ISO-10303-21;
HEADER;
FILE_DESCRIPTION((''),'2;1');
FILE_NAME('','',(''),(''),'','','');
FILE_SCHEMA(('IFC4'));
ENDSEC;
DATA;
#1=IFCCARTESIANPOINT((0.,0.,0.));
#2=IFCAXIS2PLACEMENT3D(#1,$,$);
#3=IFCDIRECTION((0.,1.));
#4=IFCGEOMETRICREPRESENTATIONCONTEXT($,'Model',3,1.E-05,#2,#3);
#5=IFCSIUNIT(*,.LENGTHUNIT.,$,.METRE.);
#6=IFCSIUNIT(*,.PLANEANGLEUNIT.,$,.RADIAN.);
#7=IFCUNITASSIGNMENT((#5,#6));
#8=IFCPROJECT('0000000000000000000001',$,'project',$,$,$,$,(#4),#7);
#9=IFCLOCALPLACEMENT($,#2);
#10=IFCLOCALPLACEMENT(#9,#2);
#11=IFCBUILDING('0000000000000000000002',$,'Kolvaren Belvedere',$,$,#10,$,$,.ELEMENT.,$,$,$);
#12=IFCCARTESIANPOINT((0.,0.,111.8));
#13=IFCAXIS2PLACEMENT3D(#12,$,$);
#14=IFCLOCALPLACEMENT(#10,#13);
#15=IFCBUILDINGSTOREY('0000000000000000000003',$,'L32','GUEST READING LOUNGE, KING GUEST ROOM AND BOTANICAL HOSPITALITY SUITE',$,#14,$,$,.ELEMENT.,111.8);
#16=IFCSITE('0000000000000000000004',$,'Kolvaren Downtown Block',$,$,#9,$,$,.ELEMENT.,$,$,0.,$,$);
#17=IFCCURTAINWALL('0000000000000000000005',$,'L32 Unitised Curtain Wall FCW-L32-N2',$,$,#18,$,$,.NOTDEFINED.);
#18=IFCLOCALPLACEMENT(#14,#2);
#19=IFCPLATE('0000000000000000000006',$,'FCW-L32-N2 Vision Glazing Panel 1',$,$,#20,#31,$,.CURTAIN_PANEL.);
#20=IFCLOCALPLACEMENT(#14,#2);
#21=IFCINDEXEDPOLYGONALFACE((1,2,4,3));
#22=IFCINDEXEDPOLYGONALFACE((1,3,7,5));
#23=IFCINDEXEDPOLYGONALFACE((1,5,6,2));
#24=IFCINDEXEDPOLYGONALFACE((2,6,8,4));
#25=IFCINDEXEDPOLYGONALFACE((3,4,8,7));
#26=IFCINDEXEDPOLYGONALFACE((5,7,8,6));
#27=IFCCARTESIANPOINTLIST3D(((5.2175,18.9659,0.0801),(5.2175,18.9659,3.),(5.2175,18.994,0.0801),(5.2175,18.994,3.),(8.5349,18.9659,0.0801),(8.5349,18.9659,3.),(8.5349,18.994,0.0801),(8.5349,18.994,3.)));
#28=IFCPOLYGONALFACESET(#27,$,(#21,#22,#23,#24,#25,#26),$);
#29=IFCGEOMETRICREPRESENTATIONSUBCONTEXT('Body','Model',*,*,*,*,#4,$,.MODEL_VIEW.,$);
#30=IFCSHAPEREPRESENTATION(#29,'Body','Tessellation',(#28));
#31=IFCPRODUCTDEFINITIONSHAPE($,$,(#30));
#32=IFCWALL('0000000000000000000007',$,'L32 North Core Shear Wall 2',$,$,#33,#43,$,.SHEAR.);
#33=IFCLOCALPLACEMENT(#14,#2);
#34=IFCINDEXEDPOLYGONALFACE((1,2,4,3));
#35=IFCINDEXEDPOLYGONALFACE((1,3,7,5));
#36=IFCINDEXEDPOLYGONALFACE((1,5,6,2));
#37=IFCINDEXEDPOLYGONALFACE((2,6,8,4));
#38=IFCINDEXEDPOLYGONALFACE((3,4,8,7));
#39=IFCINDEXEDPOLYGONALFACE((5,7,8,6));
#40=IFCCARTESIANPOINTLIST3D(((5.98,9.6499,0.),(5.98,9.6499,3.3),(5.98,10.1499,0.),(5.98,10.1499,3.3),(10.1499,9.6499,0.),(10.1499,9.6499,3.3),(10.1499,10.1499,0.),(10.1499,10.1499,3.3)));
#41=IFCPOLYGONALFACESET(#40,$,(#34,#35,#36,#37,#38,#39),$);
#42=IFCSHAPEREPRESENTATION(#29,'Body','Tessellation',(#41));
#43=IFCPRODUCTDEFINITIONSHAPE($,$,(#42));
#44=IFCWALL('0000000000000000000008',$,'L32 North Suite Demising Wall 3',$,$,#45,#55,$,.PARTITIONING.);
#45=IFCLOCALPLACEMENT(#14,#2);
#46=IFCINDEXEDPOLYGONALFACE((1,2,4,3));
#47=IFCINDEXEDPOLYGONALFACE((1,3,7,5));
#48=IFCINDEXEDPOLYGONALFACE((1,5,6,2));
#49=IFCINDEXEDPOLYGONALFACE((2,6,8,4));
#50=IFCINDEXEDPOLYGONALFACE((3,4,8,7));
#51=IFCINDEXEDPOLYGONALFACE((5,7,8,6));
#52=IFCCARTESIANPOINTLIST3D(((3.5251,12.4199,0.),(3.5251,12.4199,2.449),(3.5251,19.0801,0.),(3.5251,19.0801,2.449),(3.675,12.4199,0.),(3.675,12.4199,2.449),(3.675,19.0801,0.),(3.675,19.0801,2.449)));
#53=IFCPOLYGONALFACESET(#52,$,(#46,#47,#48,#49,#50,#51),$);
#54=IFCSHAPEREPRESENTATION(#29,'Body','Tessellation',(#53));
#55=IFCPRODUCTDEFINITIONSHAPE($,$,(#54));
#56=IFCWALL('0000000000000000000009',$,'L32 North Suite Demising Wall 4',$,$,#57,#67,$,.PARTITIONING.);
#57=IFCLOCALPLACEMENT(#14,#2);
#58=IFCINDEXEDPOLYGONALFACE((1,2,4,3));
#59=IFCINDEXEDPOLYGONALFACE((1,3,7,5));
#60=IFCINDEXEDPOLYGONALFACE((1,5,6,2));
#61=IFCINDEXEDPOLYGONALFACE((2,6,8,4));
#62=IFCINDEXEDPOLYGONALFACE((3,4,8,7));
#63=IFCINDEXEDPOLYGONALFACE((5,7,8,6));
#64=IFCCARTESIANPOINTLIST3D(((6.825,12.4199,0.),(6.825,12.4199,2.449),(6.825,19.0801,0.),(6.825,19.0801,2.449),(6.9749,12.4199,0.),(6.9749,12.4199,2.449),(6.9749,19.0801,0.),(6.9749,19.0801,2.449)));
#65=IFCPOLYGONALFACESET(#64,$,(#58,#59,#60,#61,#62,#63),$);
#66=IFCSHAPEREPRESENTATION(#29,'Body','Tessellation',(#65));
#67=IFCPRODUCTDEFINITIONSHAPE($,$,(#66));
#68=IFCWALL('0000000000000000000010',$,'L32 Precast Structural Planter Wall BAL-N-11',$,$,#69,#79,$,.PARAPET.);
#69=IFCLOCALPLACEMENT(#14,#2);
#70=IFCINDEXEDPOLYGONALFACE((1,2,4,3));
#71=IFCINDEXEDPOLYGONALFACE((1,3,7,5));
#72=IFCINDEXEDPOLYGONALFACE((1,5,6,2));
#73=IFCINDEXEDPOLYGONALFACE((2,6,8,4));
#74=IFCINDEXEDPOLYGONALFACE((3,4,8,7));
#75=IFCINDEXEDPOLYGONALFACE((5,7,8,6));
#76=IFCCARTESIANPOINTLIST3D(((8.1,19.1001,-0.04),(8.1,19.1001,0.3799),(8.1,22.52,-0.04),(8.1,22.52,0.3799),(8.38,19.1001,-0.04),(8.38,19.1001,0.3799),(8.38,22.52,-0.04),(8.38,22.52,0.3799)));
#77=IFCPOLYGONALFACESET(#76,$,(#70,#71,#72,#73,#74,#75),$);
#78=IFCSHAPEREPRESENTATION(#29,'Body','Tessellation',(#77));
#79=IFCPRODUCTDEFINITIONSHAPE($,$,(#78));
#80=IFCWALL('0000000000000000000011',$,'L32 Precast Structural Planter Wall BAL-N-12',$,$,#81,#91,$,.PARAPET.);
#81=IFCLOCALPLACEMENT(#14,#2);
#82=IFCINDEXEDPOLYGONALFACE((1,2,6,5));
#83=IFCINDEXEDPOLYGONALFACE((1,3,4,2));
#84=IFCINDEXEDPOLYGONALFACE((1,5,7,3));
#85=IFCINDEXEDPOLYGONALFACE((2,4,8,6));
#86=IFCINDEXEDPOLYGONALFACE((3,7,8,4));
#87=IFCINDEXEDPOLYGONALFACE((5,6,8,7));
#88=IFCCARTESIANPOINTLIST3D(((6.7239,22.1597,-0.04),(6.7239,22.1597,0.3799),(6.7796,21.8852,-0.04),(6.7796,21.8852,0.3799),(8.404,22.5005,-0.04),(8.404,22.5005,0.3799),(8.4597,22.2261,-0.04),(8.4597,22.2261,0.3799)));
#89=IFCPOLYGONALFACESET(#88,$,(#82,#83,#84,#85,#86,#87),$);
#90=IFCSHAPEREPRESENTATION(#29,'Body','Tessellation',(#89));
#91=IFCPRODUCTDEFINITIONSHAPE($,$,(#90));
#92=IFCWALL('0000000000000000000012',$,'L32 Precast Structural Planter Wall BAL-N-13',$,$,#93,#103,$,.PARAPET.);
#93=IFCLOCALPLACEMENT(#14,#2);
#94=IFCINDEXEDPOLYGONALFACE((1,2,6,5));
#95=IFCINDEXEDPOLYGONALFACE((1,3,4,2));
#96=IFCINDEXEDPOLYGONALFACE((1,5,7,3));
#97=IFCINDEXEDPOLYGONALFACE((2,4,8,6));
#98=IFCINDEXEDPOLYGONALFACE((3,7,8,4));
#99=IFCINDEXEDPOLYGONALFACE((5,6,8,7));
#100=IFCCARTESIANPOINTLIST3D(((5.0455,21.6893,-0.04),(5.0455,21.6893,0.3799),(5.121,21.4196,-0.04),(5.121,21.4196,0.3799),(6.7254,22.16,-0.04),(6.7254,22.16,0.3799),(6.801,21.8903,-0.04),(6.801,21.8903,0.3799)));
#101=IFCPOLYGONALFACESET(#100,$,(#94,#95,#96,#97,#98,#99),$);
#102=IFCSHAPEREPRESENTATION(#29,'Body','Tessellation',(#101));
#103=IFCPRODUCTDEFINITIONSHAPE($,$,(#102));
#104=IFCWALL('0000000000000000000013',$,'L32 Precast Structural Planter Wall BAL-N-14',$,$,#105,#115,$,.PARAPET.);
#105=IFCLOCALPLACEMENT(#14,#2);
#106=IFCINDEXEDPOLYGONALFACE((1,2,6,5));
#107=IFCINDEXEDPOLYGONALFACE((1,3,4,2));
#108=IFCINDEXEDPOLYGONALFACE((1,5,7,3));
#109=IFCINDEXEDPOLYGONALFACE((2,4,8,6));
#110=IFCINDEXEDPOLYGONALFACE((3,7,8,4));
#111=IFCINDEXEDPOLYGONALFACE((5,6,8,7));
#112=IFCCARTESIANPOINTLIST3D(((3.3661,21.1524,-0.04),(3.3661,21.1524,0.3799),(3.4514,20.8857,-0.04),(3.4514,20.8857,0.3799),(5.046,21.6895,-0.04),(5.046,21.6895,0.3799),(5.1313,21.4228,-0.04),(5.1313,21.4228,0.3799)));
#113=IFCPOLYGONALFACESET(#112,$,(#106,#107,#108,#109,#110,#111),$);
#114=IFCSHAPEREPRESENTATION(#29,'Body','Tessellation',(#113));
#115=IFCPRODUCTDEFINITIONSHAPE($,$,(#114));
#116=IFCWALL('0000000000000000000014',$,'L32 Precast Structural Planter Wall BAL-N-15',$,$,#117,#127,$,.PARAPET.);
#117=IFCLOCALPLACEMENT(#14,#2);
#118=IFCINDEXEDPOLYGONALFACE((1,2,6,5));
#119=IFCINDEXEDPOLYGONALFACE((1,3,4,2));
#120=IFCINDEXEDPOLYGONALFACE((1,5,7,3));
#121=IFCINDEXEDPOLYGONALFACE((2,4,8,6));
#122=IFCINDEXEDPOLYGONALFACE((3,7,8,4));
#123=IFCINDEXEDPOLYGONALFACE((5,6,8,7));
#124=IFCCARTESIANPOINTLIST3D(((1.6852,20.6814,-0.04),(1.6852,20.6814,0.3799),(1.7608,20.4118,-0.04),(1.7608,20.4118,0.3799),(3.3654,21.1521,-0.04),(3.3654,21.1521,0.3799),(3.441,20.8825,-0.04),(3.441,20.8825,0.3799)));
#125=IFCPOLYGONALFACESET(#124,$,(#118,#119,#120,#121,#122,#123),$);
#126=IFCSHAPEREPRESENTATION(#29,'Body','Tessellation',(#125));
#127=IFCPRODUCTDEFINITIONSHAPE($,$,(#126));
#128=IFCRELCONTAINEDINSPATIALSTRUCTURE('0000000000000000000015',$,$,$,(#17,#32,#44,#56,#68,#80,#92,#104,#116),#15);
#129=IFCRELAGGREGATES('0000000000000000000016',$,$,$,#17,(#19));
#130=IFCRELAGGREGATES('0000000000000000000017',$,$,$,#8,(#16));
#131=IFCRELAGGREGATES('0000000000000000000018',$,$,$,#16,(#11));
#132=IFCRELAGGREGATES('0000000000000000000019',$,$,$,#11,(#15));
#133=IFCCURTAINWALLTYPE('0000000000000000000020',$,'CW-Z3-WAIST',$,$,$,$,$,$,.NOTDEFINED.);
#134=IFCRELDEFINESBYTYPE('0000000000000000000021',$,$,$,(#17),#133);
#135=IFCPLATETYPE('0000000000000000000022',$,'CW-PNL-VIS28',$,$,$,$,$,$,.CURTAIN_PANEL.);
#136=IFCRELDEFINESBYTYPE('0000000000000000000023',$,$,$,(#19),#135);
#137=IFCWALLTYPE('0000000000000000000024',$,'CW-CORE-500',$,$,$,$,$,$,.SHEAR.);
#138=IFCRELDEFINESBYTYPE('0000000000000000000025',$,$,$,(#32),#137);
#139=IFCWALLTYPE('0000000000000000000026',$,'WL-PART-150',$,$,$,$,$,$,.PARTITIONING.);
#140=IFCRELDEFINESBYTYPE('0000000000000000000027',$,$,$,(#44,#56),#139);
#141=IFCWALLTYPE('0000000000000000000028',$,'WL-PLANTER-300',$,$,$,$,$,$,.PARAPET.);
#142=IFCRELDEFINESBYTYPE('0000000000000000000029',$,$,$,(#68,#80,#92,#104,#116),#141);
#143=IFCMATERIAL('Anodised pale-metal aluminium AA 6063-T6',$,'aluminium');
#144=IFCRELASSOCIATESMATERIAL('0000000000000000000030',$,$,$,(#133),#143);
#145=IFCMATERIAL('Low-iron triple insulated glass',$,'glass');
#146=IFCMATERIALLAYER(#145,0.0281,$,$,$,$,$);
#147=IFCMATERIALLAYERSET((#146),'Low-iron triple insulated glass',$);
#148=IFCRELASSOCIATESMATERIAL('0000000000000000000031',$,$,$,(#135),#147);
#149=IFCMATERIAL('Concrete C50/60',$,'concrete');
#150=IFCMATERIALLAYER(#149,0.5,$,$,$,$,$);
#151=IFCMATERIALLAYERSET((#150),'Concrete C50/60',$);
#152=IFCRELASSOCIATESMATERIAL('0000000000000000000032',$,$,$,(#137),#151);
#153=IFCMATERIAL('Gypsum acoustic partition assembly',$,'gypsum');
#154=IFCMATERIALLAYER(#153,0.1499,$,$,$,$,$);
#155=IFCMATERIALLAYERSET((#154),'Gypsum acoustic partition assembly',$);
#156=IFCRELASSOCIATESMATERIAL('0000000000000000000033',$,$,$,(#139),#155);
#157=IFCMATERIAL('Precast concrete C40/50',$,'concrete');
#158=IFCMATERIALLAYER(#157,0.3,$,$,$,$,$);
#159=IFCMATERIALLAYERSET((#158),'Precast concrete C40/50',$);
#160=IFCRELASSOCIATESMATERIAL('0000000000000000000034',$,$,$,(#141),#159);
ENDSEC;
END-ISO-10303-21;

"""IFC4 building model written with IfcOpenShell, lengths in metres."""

from ifc_helpers import new_model, si_unit, direction, frame, frame_2d, origin, origin_2d, place, context, subcontext, project, spatial, rectangle, extrude, material, layer, layer_set, type_object, element, aggregate, save


model = new_model("IFC4")

# Units and contexts
model_context = context("Model", 3, precision=1e-05, world=origin(), true_north=direction((0.0, 1.0)))
body_context = subcontext(model_context, "Body", "Model", "MODEL_VIEW")
ifc_project = project(units=[si_unit("LENGTHUNIT", "METRE"), si_unit("PLANEANGLEUNIT", "RADIAN")], contexts=[model_context])

# Site, building, storey
site_placement = place(None, origin())
site = spatial("IfcSite", under=ifc_project, at=site_placement, Name="Kolvaren Downtown Block", CompositionType="ELEMENT", RefElevation=0.0)
building_placement = place(site_placement, origin())
building = spatial("IfcBuilding", under=site, at=building_placement, Name="Kolvaren Belvedere", CompositionType="ELEMENT")
storey_placement = place(building_placement, frame((0.0, 0.0, 111.8)))
storey = spatial("IfcBuildingStorey", under=building, at=storey_placement, Name="L32", Description="GUEST READING LOUNGE, KING GUEST ROOM AND BOTANICAL HOSPITALITY SUITE", CompositionType="ELEMENT", Elevation=111.8)

# Curtain wall
ifc_material_1 = material(Name="Anodised pale-metal aluminium AA 6063-T6", Category="aluminium")
curtain_wall_type = type_object("IfcCurtainWallType", Name="CW-Z3-WAIST", PredefinedType="NOTDEFINED", material=ifc_material_1)
curtain_wall_placement = place(storey_placement, origin())
curtain_wall = element("IfcCurtainWall", 1, at=curtain_wall_placement, inside=storey, type_object=curtain_wall_type, Name="L32 Unitised Curtain Wall FCW-L32-N2", PredefinedType="NOTDEFINED")

# Plate
ifc_material_2 = material(Name="Low-iron triple insulated glass", Category="glass")
ifc_layer_1 = layer(ifc_material_2, 0.0281)
ifc_layer_set_1 = layer_set([ifc_layer_1], Name="Low-iron triple insulated glass")
plate_type = type_object("IfcPlateType", Name="CW-PNL-VIS28", PredefinedType="CURTAIN_PANEL", material=ifc_layer_set_1)
plate_placement = place(storey_placement, frame((6.8762, 18.98, 0.0801), z_axis=(0.0, 0.0, 1.0), x_axis=(1.0, 0.0, 0.0)))
plate = element("IfcPlate", 2, at=plate_placement, type_object=plate_type, Name="FCW-L32-N2 Vision Glazing Panel 1", PredefinedType="CURTAIN_PANEL", context=body_context, shape_type="SweptSolid", body=[
    extrude(rectangle(XDim=3.3174, YDim=0.0281, at=origin_2d()), origin(), (0.0, 0.0, 1.0), 2.9199),
])
aggregate(curtain_wall, [plate])

# Walls
ifc_material_3 = material(Name="Concrete C50/60", Category="concrete")
ifc_layer_2 = layer(ifc_material_3, 0.5)
ifc_layer_set_2 = layer_set([ifc_layer_2], Name="Concrete C50/60")
wall_type_1 = type_object("IfcWallType", Name="CW-CORE-500", PredefinedType="SHEAR", material=ifc_layer_set_2)
wall_1_placement = place(storey_placement, frame((5.98, 9.8999, 0.0), z_axis=(0.0, 0.0, 1.0), x_axis=(1.0, 0.0, 0.0)))
element("IfcWall", 3, at=wall_1_placement, inside=storey, type_object=wall_type_1, Name="L32 North Core Shear Wall 2", PredefinedType="SHEAR", context=body_context, shape_type="SweptSolid", body=[
    extrude(rectangle(XDim=4.1699, YDim=0.5, at=frame_2d((2.085, 0.0))), origin(), (0.0, 0.0, 1.0), 3.3),
])
ifc_material_4 = material(Name="Gypsum acoustic partition assembly", Category="gypsum")
ifc_layer_3 = layer(ifc_material_4, 0.1499)
ifc_layer_set_3 = layer_set([ifc_layer_3], Name="Gypsum acoustic partition assembly")
wall_type_2 = type_object("IfcWallType", Name="WL-PART-150", PredefinedType="PARTITIONING", material=ifc_layer_set_3)
for number, where, z_axis, x_axis, name in (
    (4, (3.6001, 12.4199, 0.0), (0.0, 0.0, 1.0), (0.0, 1.0, 0.0), "L32 North Suite Demising Wall 3"),
    (5, (6.8999, 12.4199, 0.0), (0.0, 0.0, 1.0), (0.0, 1.0, 0.0), "L32 North Suite Demising Wall 4"),
):
    element("IfcWall", number, at=place(storey_placement, frame(where, z_axis=z_axis, x_axis=x_axis)), inside=storey, type_object=wall_type_2, Name=name, PredefinedType="PARTITIONING", context=body_context, shape_type="SweptSolid", body=[
        extrude(rectangle(XDim=6.6602, YDim=0.1499, at=frame_2d((3.3301, 0.0))), origin(), (0.0, 0.0, 1.0), 2.449),
    ])
ifc_material_5 = material(Name="Precast concrete C40/50", Category="concrete")
ifc_layer_4 = layer(ifc_material_5, 0.3)
ifc_layer_set_4 = layer_set([ifc_layer_4], Name="Precast concrete C40/50")
wall_type_3 = type_object("IfcWallType", Name="WL-PLANTER-300", PredefinedType="PARAPET", material=ifc_layer_set_4)
wall_2_placement = place(storey_placement, frame((8.24, 19.1001, -0.04), z_axis=(0.0, 0.0, 1.0), x_axis=(0.0, 1.0, 0.0)))
element("IfcWall", 6, at=wall_2_placement, inside=storey, type_object=wall_type_3, Name="L32 Precast Structural Planter Wall BAL-N-11", PredefinedType="PARAPET", context=body_context, shape_type="SweptSolid", body=[
    extrude(rectangle(XDim=3.4199, YDim=0.28, at=frame_2d((1.71, 0.0))), origin(), (0.0, 0.0, 1.0), 0.4199),
])
wall_3_placement = place(storey_placement, frame((8.4319, 22.3633, -0.04), z_axis=(0.0, 0.0, 1.0), x_axis=(-0.98004, -0.198799, 0.0)))
element("IfcWall", 7, at=wall_3_placement, inside=storey, type_object=wall_type_3, Name="L32 Precast Structural Planter Wall BAL-N-12", PredefinedType="PARAPET", context=body_context, shape_type="SweptSolid", body=[
    extrude(rectangle(XDim=1.7144, YDim=0.28, at=frame_2d((0.8572, 0.0))), origin(), (0.0, 0.0, 1.0), 0.4199),
])
wall_4_placement = place(storey_placement, frame((6.7632, 22.0251, -0.04), z_axis=(0.0, 0.0, 1.0), x_axis=(-0.962916, -0.269801, 0.0)))
element("IfcWall", 8, at=wall_4_placement, inside=storey, type_object=wall_type_3, Name="L32 Precast Structural Planter Wall BAL-N-13", PredefinedType="PARAPET", context=body_context, shape_type="SweptSolid", body=[
    extrude(rectangle(XDim=1.7446, YDim=0.28, at=frame_2d((0.8723, 0.0))), origin(), (0.0, 0.0, 1.0), 0.4199),
])
wall_5_placement = place(storey_placement, frame((5.0886, 21.5562, -0.04), z_axis=(0.0, 0.0, 1.0), x_axis=(-0.952501, -0.304535, 0.0)))
element("IfcWall", 9, at=wall_5_placement, inside=storey, type_object=wall_type_3, Name="L32 Precast Structural Planter Wall BAL-N-14", PredefinedType="PARAPET", context=body_context, shape_type="SweptSolid", body=[
    extrude(rectangle(XDim=1.7637, YDim=0.28, at=frame_2d((0.8818, 0.0))), origin(), (0.0, 0.0, 1.0), 0.4199),
])
wall_6_placement = place(storey_placement, frame((3.4033, 21.0173, -0.04), z_axis=(0.0, 0.0, 1.0), x_axis=(-0.962926, -0.269765, 0.0)))
element("IfcWall", 10, at=wall_6_placement, inside=storey, type_object=wall_type_3, Name="L32 Precast Structural Planter Wall BAL-N-15", PredefinedType="PARAPET", context=body_context, shape_type="SweptSolid", body=[
    extrude(rectangle(XDim=1.7449, YDim=0.28, at=frame_2d((0.8726, 0.0))), origin(), (0.0, 0.0, 1.0), 0.4199),
])

save(model, "model.ifc")
